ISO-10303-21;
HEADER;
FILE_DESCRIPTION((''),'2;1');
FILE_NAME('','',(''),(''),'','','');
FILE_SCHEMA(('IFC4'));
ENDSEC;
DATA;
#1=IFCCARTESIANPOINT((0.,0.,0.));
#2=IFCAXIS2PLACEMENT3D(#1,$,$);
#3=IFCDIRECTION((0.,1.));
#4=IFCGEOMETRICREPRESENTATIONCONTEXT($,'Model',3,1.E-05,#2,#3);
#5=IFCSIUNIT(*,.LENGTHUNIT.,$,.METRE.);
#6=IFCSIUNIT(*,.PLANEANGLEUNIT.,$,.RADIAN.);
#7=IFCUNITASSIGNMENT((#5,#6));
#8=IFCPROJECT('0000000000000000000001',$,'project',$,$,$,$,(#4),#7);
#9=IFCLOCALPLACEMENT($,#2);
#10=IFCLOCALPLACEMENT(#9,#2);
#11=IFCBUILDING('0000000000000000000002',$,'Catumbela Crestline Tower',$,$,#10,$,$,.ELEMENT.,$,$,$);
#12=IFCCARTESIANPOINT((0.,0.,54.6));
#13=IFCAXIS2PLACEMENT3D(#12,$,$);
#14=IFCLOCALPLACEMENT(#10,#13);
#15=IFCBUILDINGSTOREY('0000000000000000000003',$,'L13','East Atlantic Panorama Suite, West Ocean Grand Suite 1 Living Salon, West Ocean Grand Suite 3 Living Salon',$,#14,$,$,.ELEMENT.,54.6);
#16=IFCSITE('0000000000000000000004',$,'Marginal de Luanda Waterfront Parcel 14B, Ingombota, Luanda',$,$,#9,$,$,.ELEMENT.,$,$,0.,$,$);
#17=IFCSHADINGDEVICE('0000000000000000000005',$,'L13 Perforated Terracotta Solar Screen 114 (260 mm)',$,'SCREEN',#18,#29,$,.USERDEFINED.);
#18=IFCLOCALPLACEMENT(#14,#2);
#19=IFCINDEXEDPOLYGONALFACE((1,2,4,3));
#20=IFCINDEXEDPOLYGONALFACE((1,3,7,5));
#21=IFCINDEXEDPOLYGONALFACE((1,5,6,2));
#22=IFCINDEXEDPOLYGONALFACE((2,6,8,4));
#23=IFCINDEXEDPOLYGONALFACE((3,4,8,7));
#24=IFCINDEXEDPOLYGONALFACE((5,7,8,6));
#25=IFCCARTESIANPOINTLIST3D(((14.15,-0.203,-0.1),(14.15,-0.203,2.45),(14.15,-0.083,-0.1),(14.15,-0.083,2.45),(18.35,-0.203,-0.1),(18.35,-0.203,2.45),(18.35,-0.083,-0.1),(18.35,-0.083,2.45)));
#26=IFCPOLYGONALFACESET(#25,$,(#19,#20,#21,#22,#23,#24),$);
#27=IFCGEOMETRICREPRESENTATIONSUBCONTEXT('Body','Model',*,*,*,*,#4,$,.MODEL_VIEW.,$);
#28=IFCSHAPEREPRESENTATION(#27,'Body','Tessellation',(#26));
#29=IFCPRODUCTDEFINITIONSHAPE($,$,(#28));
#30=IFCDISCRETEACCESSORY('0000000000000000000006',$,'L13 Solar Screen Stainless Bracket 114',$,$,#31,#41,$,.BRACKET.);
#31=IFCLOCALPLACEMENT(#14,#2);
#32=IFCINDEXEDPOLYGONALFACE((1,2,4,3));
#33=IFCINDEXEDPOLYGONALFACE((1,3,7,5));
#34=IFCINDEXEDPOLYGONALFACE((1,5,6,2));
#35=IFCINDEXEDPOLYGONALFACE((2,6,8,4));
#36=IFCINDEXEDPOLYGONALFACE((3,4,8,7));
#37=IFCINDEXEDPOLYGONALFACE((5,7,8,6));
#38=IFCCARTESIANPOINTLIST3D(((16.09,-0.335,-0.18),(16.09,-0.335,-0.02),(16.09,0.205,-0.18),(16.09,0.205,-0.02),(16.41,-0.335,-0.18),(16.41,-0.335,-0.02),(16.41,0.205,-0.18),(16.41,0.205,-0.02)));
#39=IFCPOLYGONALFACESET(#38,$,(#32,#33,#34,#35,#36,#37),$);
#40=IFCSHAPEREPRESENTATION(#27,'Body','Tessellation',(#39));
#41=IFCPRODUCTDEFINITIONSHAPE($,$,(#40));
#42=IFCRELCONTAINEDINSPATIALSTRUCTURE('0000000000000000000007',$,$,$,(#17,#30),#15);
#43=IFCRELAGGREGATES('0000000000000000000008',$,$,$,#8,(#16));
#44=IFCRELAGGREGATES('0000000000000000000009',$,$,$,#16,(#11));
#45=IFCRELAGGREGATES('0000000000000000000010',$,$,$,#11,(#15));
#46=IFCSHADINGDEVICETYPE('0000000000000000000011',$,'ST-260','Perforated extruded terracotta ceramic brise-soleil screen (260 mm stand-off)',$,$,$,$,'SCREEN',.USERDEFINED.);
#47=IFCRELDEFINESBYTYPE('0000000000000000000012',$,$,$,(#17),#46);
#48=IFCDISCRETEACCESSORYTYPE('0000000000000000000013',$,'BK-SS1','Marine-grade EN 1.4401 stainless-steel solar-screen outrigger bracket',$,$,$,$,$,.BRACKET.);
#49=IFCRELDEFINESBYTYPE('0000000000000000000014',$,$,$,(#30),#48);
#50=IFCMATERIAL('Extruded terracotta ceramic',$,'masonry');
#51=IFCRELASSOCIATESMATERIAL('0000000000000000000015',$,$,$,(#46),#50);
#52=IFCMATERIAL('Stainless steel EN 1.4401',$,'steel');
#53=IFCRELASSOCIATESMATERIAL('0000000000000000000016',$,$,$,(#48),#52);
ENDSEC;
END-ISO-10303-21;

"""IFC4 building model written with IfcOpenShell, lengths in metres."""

from ifc_helpers import new_model, si_unit, direction, frame, origin, origin_2d, place, context, subcontext, project, spatial, rectangle, extrude, material, type_object, element, save


model = new_model("IFC4")

# Units and contexts
model_context = context("Model", 3, precision=1e-05, world=origin(), true_north=direction((0.0, 1.0)))
body_context = subcontext(model_context, "Body", "Model", "MODEL_VIEW")
ifc_project = project(units=[si_unit("LENGTHUNIT", "METRE"), si_unit("PLANEANGLEUNIT", "RADIAN")], contexts=[model_context])

# Site, building, storey
site_placement = place(None, origin())
site = spatial("IfcSite", under=ifc_project, at=site_placement, Name="Marginal de Luanda Waterfront Parcel 14B, Ingombota, Luanda", CompositionType="ELEMENT", RefElevation=0.0)
building_placement = place(site_placement, origin())
building = spatial("IfcBuilding", under=site, at=building_placement, Name="Catumbela Crestline Tower", CompositionType="ELEMENT")
storey_placement = place(building_placement, frame((0.0, 0.0, 54.6)))
storey = spatial("IfcBuildingStorey", under=building, at=storey_placement, Name="L13", Description="East Atlantic Panorama Suite, West Ocean Grand Suite 1 Living Salon, West Ocean Grand Suite 3 Living Salon", CompositionType="ELEMENT", Elevation=54.6)

# Shading device
ifc_material_1 = material(Name="Extruded terracotta ceramic", Category="masonry")
shading_device_type = type_object("IfcShadingDeviceType", Name="ST-260", Description="Perforated extruded terracotta ceramic brise-soleil screen (260 mm stand-off)", ElementType="SCREEN", PredefinedType="USERDEFINED", material=ifc_material_1)
shading_device_placement = place(storey_placement, frame((16.25, -0.143, -0.1), z_axis=(0.0, 0.0, 1.0), x_axis=(1.0, 0.0, 0.0)))
element("IfcShadingDevice", 1, at=shading_device_placement, inside=storey, type_object=shading_device_type, Name="L13 Perforated Terracotta Solar Screen 114 (260 mm)", ObjectType="SCREEN", PredefinedType="USERDEFINED", context=body_context, shape_type="SweptSolid", body=[
    extrude(rectangle(XDim=4.2, YDim=0.12, at=origin_2d()), origin(), (0.0, 0.0, 1.0), 2.55),
])

# Discrete accessory
ifc_material_2 = material(Name="Stainless steel EN 1.4401", Category="steel")
discrete_accessory_type = type_object("IfcDiscreteAccessoryType", Name="BK-SS1", Description="Marine-grade EN 1.4401 stainless-steel solar-screen outrigger bracket", PredefinedType="BRACKET", material=ifc_material_2)
discrete_accessory_placement = place(storey_placement, frame((16.25, -0.065, -0.18), z_axis=(0.0, 0.0, 1.0), x_axis=(1.0, 0.0, 0.0)))
element("IfcDiscreteAccessory", 2, at=discrete_accessory_placement, inside=storey, type_object=discrete_accessory_type, Name="L13 Solar Screen Stainless Bracket 114", PredefinedType="BRACKET", context=body_context, shape_type="SweptSolid", body=[
    extrude(rectangle(XDim=0.32, YDim=0.54, at=origin_2d()), origin(), (0.0, 0.0, 1.0), 0.16),
])

save(model, "model.ifc")
